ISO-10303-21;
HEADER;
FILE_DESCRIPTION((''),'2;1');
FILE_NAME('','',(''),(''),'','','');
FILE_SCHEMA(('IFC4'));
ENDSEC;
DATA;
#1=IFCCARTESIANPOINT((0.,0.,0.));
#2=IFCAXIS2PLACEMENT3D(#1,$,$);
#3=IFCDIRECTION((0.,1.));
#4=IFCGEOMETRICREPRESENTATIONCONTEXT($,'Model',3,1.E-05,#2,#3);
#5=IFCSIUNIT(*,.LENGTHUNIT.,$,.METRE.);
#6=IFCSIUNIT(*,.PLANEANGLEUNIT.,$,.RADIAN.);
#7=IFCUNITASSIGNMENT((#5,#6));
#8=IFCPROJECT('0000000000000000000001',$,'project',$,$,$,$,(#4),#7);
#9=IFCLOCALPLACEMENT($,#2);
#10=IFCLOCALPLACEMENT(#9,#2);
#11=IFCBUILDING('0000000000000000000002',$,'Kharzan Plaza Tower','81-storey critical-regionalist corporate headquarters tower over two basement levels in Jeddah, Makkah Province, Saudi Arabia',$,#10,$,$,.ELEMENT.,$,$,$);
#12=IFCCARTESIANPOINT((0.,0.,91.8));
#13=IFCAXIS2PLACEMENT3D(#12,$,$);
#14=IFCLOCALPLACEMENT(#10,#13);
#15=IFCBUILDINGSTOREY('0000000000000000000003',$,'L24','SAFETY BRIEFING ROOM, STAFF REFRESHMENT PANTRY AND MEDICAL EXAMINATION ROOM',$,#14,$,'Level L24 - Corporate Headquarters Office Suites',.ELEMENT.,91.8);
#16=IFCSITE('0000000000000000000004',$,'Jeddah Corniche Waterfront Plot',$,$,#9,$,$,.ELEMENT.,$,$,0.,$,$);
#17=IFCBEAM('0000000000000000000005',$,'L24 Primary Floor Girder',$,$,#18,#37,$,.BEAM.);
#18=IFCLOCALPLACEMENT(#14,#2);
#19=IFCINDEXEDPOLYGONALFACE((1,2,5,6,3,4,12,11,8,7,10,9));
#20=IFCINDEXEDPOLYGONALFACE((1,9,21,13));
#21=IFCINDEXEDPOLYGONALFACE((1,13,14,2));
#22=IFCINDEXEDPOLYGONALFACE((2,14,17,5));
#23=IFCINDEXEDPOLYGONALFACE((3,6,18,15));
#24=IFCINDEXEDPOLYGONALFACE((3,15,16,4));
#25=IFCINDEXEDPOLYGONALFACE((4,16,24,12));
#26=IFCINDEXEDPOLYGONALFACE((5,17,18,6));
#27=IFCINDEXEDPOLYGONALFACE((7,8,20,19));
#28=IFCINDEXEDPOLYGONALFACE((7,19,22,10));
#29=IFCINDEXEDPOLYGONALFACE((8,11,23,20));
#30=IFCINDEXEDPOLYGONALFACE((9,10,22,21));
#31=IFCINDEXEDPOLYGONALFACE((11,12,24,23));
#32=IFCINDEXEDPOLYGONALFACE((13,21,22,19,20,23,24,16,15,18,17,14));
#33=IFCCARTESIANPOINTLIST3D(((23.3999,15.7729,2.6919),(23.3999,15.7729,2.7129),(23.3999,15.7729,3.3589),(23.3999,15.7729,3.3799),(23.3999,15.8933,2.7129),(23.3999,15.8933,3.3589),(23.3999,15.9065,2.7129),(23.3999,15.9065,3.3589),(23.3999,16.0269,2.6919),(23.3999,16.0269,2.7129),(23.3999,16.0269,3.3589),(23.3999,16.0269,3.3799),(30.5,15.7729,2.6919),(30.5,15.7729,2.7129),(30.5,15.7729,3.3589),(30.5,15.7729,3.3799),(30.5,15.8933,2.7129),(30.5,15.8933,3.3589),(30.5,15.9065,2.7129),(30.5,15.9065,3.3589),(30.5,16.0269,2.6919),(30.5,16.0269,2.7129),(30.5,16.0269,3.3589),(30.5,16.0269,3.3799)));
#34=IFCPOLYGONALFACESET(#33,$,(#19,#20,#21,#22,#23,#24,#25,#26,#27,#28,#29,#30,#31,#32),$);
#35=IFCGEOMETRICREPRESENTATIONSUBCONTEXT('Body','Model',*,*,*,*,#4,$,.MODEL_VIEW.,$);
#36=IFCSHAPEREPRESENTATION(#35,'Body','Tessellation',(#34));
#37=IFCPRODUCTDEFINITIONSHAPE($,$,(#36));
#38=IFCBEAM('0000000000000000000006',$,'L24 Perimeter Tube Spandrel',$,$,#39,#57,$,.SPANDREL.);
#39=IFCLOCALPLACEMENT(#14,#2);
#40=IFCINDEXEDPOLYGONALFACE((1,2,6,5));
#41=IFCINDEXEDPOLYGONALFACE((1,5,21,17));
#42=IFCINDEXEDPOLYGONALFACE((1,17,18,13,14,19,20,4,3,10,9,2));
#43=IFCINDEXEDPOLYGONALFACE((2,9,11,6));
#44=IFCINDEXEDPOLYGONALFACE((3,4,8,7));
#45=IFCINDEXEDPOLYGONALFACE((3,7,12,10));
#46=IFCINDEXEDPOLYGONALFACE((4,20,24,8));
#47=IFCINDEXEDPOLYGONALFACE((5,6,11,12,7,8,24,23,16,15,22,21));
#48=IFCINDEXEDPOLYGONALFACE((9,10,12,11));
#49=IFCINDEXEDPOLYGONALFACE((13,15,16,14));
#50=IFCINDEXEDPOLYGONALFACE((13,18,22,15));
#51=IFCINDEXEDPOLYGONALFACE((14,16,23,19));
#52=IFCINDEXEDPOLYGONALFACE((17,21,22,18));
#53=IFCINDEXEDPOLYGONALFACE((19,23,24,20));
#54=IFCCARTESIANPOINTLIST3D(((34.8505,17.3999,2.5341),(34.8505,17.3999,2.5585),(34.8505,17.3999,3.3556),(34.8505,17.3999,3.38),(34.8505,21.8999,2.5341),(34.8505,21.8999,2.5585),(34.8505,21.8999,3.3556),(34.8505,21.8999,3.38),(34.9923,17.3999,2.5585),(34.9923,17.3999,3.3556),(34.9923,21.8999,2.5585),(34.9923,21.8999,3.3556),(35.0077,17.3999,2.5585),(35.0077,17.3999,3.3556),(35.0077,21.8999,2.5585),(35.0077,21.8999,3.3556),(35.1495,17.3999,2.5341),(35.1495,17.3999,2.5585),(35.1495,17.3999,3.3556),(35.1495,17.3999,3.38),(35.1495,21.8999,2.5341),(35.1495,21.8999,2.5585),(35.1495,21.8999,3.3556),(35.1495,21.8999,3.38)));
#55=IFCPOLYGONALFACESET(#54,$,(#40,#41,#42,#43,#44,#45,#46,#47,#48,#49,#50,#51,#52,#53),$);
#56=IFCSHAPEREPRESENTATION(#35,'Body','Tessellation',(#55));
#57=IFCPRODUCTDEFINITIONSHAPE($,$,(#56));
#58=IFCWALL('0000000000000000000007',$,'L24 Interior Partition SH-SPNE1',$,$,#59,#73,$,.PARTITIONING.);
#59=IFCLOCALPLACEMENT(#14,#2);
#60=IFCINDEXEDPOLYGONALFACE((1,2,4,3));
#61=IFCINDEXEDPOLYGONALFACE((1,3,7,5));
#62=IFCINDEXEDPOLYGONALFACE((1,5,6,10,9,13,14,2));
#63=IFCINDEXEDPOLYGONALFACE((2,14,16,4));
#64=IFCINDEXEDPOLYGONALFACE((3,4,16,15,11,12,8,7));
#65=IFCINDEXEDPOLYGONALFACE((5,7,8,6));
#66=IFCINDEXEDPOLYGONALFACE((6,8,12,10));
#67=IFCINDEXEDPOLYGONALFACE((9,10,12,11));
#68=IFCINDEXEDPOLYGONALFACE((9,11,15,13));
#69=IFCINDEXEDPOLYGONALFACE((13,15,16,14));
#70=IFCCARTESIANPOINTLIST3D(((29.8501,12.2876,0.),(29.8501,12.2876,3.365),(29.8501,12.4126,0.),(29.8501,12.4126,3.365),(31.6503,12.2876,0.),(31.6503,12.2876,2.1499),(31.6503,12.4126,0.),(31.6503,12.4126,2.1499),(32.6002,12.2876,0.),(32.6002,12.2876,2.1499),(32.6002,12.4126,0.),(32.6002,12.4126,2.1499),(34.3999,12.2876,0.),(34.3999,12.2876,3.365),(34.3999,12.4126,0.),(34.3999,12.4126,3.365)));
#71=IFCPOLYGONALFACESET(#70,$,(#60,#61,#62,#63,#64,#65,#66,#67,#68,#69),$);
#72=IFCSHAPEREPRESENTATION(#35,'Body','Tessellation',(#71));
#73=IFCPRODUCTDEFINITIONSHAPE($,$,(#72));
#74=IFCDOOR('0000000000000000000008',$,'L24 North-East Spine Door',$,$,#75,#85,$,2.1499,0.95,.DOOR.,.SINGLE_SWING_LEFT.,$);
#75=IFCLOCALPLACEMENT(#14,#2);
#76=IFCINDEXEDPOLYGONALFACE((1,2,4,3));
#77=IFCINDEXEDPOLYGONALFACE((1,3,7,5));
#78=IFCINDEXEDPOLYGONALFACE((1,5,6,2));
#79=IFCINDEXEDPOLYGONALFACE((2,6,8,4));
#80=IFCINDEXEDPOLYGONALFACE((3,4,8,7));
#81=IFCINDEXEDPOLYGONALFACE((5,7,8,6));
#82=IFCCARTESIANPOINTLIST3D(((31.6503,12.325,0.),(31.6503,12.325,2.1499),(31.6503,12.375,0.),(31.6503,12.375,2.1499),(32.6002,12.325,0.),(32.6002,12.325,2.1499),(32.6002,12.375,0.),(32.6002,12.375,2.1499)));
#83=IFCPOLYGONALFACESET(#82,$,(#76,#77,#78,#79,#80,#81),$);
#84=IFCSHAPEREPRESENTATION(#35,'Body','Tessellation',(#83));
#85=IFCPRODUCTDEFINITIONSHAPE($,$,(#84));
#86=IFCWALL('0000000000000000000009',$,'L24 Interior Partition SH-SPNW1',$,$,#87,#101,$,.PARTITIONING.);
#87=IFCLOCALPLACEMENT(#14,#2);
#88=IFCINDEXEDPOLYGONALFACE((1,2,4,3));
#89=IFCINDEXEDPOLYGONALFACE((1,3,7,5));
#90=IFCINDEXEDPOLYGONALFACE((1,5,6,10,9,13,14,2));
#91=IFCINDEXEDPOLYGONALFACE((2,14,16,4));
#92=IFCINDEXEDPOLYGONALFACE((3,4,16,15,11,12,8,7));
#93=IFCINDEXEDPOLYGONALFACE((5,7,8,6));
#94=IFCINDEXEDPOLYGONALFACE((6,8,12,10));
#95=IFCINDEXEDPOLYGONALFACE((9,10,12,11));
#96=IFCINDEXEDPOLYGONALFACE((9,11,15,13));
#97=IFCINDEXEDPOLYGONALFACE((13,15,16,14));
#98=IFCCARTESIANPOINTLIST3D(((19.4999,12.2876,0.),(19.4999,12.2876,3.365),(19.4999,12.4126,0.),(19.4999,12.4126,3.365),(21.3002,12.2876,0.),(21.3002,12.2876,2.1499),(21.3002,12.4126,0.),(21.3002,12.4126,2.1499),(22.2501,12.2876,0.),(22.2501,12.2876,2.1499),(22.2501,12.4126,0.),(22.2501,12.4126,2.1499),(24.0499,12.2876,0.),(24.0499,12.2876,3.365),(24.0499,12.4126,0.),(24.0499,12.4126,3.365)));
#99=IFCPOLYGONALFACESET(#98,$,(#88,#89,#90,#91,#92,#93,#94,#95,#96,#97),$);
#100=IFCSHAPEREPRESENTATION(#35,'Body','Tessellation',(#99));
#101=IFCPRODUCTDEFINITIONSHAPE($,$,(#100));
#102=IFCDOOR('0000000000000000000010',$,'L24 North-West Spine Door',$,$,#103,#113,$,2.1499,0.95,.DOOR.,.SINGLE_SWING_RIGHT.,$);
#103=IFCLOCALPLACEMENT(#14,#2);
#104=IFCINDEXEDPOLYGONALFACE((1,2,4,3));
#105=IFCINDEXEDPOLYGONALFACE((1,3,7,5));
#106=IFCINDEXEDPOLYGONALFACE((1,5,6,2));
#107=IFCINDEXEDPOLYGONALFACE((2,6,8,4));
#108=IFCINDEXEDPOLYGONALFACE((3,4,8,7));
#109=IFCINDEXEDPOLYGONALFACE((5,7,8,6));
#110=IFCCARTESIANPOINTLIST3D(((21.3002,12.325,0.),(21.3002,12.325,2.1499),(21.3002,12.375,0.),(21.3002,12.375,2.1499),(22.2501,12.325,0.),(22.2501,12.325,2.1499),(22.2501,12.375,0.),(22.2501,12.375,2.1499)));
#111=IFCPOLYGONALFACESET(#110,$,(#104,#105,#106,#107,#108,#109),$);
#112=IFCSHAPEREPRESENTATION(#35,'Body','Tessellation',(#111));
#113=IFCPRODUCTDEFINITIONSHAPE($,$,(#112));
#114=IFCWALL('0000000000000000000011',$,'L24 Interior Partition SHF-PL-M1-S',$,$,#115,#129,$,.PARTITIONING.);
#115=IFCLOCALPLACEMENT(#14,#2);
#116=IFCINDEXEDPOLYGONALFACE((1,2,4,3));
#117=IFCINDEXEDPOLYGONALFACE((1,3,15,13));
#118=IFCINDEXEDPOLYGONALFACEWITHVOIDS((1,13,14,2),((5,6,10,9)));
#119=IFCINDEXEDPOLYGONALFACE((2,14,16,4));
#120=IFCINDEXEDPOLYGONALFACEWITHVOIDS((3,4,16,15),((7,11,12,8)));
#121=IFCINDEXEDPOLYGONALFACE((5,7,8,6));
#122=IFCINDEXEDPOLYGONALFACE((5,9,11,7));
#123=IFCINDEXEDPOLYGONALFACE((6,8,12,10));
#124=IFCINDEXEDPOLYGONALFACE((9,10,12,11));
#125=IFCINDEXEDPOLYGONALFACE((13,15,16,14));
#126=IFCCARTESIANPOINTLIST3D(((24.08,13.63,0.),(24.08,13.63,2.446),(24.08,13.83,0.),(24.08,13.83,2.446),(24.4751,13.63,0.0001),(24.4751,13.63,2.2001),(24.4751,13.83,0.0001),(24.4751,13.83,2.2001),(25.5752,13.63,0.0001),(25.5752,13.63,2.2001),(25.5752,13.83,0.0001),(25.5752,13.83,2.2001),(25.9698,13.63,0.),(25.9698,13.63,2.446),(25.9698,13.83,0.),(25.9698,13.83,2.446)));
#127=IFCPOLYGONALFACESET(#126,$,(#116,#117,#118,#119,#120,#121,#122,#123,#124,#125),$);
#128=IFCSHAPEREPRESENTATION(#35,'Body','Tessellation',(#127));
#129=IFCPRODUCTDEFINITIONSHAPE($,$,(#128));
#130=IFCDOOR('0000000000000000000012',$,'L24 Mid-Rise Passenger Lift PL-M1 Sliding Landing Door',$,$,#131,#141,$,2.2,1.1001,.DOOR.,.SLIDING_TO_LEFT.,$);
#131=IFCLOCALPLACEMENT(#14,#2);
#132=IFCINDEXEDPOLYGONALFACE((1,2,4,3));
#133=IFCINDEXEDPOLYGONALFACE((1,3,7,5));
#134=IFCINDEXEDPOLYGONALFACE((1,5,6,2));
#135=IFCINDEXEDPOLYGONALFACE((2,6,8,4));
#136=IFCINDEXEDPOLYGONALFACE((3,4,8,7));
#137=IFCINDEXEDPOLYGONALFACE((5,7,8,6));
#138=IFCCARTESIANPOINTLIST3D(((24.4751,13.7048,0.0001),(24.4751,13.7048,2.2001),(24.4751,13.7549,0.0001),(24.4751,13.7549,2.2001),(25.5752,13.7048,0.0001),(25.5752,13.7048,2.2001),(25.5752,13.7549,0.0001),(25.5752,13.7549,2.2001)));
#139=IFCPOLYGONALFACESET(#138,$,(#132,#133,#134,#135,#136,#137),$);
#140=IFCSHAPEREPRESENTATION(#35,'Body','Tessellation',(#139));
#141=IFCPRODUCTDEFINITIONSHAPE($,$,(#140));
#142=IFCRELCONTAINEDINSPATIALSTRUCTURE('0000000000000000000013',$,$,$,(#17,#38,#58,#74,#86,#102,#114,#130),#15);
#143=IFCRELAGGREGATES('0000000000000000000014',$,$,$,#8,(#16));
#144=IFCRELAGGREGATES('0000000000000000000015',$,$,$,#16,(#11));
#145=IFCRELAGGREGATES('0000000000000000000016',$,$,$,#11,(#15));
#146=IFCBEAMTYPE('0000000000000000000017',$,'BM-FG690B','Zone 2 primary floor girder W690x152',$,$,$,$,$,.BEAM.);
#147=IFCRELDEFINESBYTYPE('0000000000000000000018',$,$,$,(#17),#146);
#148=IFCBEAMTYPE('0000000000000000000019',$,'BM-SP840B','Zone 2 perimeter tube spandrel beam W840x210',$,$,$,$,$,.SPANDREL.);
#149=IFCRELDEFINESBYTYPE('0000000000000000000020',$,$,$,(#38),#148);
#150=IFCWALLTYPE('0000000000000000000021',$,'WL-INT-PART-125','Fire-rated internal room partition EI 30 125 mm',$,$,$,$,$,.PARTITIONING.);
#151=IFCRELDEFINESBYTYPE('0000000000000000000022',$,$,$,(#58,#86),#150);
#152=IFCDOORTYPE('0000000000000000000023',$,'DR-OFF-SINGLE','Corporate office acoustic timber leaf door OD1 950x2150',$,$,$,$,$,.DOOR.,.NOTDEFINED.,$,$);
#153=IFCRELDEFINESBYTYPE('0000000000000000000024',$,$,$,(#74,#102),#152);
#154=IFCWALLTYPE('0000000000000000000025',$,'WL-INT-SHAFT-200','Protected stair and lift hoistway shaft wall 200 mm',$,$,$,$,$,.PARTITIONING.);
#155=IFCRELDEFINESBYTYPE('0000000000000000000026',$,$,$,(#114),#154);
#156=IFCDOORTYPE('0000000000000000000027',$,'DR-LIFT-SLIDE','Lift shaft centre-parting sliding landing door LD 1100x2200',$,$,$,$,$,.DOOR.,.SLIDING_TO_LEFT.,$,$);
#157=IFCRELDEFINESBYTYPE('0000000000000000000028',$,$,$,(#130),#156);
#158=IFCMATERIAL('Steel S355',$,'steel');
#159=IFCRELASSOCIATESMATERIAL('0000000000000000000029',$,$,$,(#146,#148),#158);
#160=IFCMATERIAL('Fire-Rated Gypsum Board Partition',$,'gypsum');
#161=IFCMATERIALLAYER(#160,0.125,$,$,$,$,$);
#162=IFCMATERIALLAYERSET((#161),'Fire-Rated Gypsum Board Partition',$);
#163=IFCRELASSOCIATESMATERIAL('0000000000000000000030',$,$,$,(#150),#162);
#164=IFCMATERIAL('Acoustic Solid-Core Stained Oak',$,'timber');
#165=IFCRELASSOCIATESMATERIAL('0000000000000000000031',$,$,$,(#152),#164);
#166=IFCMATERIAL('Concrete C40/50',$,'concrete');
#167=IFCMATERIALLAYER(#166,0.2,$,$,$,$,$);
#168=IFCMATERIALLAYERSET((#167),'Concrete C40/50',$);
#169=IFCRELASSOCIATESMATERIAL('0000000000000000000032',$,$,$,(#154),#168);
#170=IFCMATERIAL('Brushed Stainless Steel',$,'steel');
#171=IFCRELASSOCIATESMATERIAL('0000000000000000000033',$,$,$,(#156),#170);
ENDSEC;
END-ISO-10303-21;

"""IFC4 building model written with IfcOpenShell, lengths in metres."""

from ifc_helpers import new_model, si_unit, direction, frame, frame_2d, origin, origin_2d, place, context, subcontext, project, spatial, rectangle, i_section, extrude, source, transform, mapped, material, layer, layer_set, material_profile, profile_set, type_object, element, fill, save


model = new_model("IFC4")

# Units and contexts
model_context = context("Model", 3, precision=1e-05, world=origin(), true_north=direction((0.0, 1.0)))
body_context = subcontext(model_context, "Body", "Model", "MODEL_VIEW")
ifc_project = project(units=[si_unit("LENGTHUNIT", "METRE"), si_unit("PLANEANGLEUNIT", "RADIAN")], contexts=[model_context])

# Site, building, storey
site_placement = place(None, origin())
site = spatial("IfcSite", under=ifc_project, at=site_placement, Name="Jeddah Corniche Waterfront Plot", CompositionType="ELEMENT", RefElevation=0.0)
building_placement = place(site_placement, origin())
building = spatial("IfcBuilding", under=site, at=building_placement, Name="Kharzan Plaza Tower", Description="81-storey critical-regionalist corporate headquarters tower over two basement levels in Jeddah, Makkah Province, Saudi Arabia", CompositionType="ELEMENT")
storey_placement = place(building_placement, frame((0.0, 0.0, 91.8)))
storey = spatial("IfcBuildingStorey", under=building, at=storey_placement, Name="L24", Description="SAFETY BRIEFING ROOM, STAFF REFRESHMENT PANTRY AND MEDICAL EXAMINATION ROOM", LongName="Level L24 - Corporate Headquarters Office Suites", CompositionType="ELEMENT", Elevation=91.8)

# Beams
ifc_material_1 = material(Name="Steel S355", Category="steel")
ifc_material_profile_1 = material_profile(ifc_material_1, i_section(OverallWidth=0.2539, OverallDepth=0.688, WebThickness=0.0132, FlangeThickness=0.021, at=origin_2d()), Name="W690x152")
ifc_profile_set_1 = profile_set([ifc_material_profile_1], Name="Steel S355")
beam_type_1 = type_object("IfcBeamType", Name="BM-FG690B", Description="Zone 2 primary floor girder W690x152", PredefinedType="BEAM", material=ifc_profile_set_1)
shared_shape_1 = source(origin(), body_context, "Body", "SweptSolid", [
    extrude(i_section(OverallWidth=0.2539, OverallDepth=0.688, WebThickness=0.0132, FlangeThickness=0.021, at=origin_2d()), origin(), (0.0, 0.0, 1.0), 7.1001),
])
beam_1_placement = place(storey_placement, frame((23.3999, 15.8999, 3.0359), z_axis=(1.0, 0.0, 0.0), x_axis=(0.0, 1.0, 0.0)))
element("IfcBeam", 1, at=beam_1_placement, inside=storey, type_object=beam_type_1, Name="L24 Primary Floor Girder", PredefinedType="BEAM", context=body_context, shape_type="MappedRepresentation", body=[
    mapped(shared_shape_1, transform((0.0, 0.0, 0.0), x_axis=(1.0, 0.0, 0.0), y_axis=(0.0, 1.0, 0.0), z_axis=(0.0, 0.0, 1.0))),
])
ifc_material_profile_2 = material_profile(ifc_material_1, i_section(OverallWidth=0.2991, OverallDepth=0.8459, WebThickness=0.0154, FlangeThickness=0.0244, at=origin_2d()), Name="W840x210")
ifc_profile_set_2 = profile_set([ifc_material_profile_2], Name="Steel S355")
beam_type_2 = type_object("IfcBeamType", Name="BM-SP840B", Description="Zone 2 perimeter tube spandrel beam W840x210", PredefinedType="SPANDREL", material=ifc_profile_set_2)
shared_shape_2 = source(origin(), body_context, "Body", "SweptSolid", [
    extrude(i_section(OverallWidth=0.2991, OverallDepth=0.8459, WebThickness=0.0154, FlangeThickness=0.0244, at=origin_2d()), origin(), (0.0, 0.0, 1.0), 4.5),
])
beam_2_placement = place(storey_placement, frame((35.0, 17.3999, 2.957), z_axis=(0.0, 1.0, 0.0), x_axis=(-1.0, 0.0, 0.0)))
element("IfcBeam", 2, at=beam_2_placement, inside=storey, type_object=beam_type_2, Name="L24 Perimeter Tube Spandrel", PredefinedType="SPANDREL", context=body_context, shape_type="MappedRepresentation", body=[
    mapped(shared_shape_2, transform((0.0, 0.0, 0.0), x_axis=(1.0, 0.0, 0.0), y_axis=(0.0, 1.0, 0.0), z_axis=(0.0, 0.0, 1.0))),
])

# Walls, openings, doors
ifc_material_2 = material(Name="Fire-Rated Gypsum Board Partition", Category="gypsum")
ifc_layer_1 = layer(ifc_material_2, 0.125)
ifc_layer_set_1 = layer_set([ifc_layer_1], Name="Fire-Rated Gypsum Board Partition")
wall_type_1 = type_object("IfcWallType", Name="WL-INT-PART-125", Description="Fire-rated internal room partition EI 30 125 mm", PredefinedType="PARTITIONING", material=ifc_layer_set_1)
wall_1_placement = place(storey_placement, frame((29.8501, 12.3501, 0.0), z_axis=(0.0, 0.0, 1.0), x_axis=(1.0, 0.0, 0.0)))
wall_1 = element("IfcWall", 3, at=wall_1_placement, inside=storey, type_object=wall_type_1, Name="L24 Interior Partition SH-SPNE1", PredefinedType="PARTITIONING", context=body_context, shape_type="SweptSolid", body=[
    extrude(rectangle(XDim=4.5498, YDim=0.125, at=frame_2d((2.2749, 0.0))), origin(), (0.0, 0.0, 1.0), 3.365),
])
opening_1_placement = place(wall_1_placement, frame((1.8, 0.0, 0.0)))
opening_1 = element("IfcOpeningElement", 4, at=opening_1_placement, cuts=wall_1, PredefinedType="OPENING", context=body_context, shape_type="SweptSolid", body=[
    extrude(rectangle(XDim=0.95, YDim=2.1499, at=frame_2d((0.4751, 1.075))), frame((0.0, 0.0725, 0.0), z_axis=(0.0, -1.0, 0.0), x_axis=(1.0, 0.0, 0.0)), (0.0, 0.0, 1.0), 0.145),
])
ifc_material_3 = material(Name="Acoustic Solid-Core Stained Oak", Category="timber")
door_type_1 = type_object("IfcDoorType", Name="DR-OFF-SINGLE", Description="Corporate office acoustic timber leaf door OD1 950x2150", OperationType="NOTDEFINED", PredefinedType="DOOR", material=ifc_material_3)
shared_shape_3 = source(origin(), body_context, "Body", "SweptSolid", [
    extrude(rectangle(XDim=0.95, YDim=2.1499, at=frame_2d((0.4751, 1.075))), frame((0.0, 0.0249, 0.0), z_axis=(0.0, -1.0, 0.0), x_axis=(1.0, 0.0, 0.0)), (0.0, 0.0, 1.0), 0.05),
])
door_1_placement = place(opening_1_placement, origin())
door_1 = element("IfcDoor", 5, at=door_1_placement, inside=storey, type_object=door_type_1, Name="L24 North-East Spine Door", OperationType="SINGLE_SWING_LEFT", OverallHeight=2.1499, OverallWidth=0.95, PredefinedType="DOOR", context=body_context, shape_type="MappedRepresentation", body=[
    mapped(shared_shape_3, transform((0.0, 0.0, 0.0), x_axis=(1.0, 0.0, 0.0), y_axis=(0.0, 1.0, 0.0), z_axis=(0.0, 0.0, 1.0))),
])
fill(opening_1, door_1)
wall_2_placement = place(storey_placement, frame((19.5, 12.3501, 0.0), z_axis=(0.0, 0.0, 1.0), x_axis=(1.0, 0.0, 0.0)))
wall_2 = element("IfcWall", 6, at=wall_2_placement, inside=storey, type_object=wall_type_1, Name="L24 Interior Partition SH-SPNW1", PredefinedType="PARTITIONING", context=body_context, shape_type="SweptSolid", body=[
    extrude(rectangle(XDim=4.55, YDim=0.125, at=frame_2d((2.2749, 0.0))), origin(), (0.0, 0.0, 1.0), 3.365),
])
opening_2_placement = place(wall_2_placement, frame((1.8, 0.0, 0.0)))
opening_2 = element("IfcOpeningElement", 7, at=opening_2_placement, cuts=wall_2, PredefinedType="OPENING", context=body_context, shape_type="SweptSolid", body=[
    extrude(rectangle(XDim=0.95, YDim=2.1499, at=frame_2d((0.4751, 1.075))), frame((0.0, 0.0725, 0.0), z_axis=(0.0, -1.0, 0.0), x_axis=(1.0, 0.0, 0.0)), (0.0, 0.0, 1.0), 0.145),
])
door_2_placement = place(opening_2_placement, origin())
door_2 = element("IfcDoor", 8, at=door_2_placement, inside=storey, type_object=door_type_1, Name="L24 North-West Spine Door", OperationType="SINGLE_SWING_RIGHT", OverallHeight=2.1499, OverallWidth=0.95, PredefinedType="DOOR", context=body_context, shape_type="MappedRepresentation", body=[
    mapped(shared_shape_3, transform((0.0, 0.0, 0.0), x_axis=(1.0, 0.0, 0.0), y_axis=(0.0, 1.0, 0.0), z_axis=(0.0, 0.0, 1.0))),
])
fill(opening_2, door_2)
ifc_material_4 = material(Name="Concrete C40/50", Category="concrete")
ifc_layer_2 = layer(ifc_material_4, 0.2)
ifc_layer_set_2 = layer_set([ifc_layer_2], Name="Concrete C40/50")
wall_type_2 = type_object("IfcWallType", Name="WL-INT-SHAFT-200", Description="Protected stair and lift hoistway shaft wall 200 mm", PredefinedType="PARTITIONING", material=ifc_layer_set_2)
wall_3_placement = place(storey_placement, frame((24.0801, 13.73, 0.0), z_axis=(0.0, 0.0, 1.0), x_axis=(1.0, 0.0, 0.0)))
wall_3 = element("IfcWall", 9, at=wall_3_placement, inside=storey, type_object=wall_type_2, Name="L24 Interior Partition SHF-PL-M1-S", PredefinedType="PARTITIONING", context=body_context, shape_type="SweptSolid", body=[
    extrude(rectangle(XDim=1.8899, YDim=0.2, at=frame_2d((0.9448, 0.0))), origin(), (0.0, 0.0, 1.0), 2.446),
])
opening_3_placement = place(wall_3_placement, frame((0.395, 0.0, 0.0)))
opening_3 = element("IfcOpeningElement", 10, at=opening_3_placement, cuts=wall_3, PredefinedType="OPENING", context=body_context, shape_type="SweptSolid", body=[
    extrude(rectangle(XDim=1.1001, YDim=2.2, at=frame_2d((0.55, 1.1001))), frame((0.0, 0.1099, 0.0), z_axis=(0.0, -1.0, 0.0), x_axis=(1.0, 0.0, 0.0)), (0.0, 0.0, 1.0), 0.22),
])
ifc_material_5 = material(Name="Brushed Stainless Steel", Category="steel")
door_type_2 = type_object("IfcDoorType", Name="DR-LIFT-SLIDE", Description="Lift shaft centre-parting sliding landing door LD 1100x2200", OperationType="SLIDING_TO_LEFT", PredefinedType="DOOR", material=ifc_material_5)
shared_shape_4 = source(origin(), body_context, "Body", "SweptSolid", [
    extrude(rectangle(XDim=1.1001, YDim=2.2, at=frame_2d((0.55, 1.1001))), frame((0.0, 0.0249, 0.0), z_axis=(0.0, -1.0, 0.0), x_axis=(1.0, 0.0, 0.0)), (0.0, 0.0, 1.0), 0.05),
])
door_3_placement = place(opening_3_placement, origin())
door_3 = element("IfcDoor", 11, at=door_3_placement, inside=storey, type_object=door_type_2, Name="L24 Mid-Rise Passenger Lift PL-M1 Sliding Landing Door", OperationType="SLIDING_TO_LEFT", OverallHeight=2.2, OverallWidth=1.1001, PredefinedType="DOOR", context=body_context, shape_type="MappedRepresentation", body=[
    mapped(shared_shape_4, transform((0.0, 0.0, 0.0), x_axis=(1.0, 0.0, 0.0), y_axis=(0.0, 1.0, 0.0), z_axis=(0.0, 0.0, 1.0))),
])
fill(opening_3, door_3)

save(model, "model.ifc")
